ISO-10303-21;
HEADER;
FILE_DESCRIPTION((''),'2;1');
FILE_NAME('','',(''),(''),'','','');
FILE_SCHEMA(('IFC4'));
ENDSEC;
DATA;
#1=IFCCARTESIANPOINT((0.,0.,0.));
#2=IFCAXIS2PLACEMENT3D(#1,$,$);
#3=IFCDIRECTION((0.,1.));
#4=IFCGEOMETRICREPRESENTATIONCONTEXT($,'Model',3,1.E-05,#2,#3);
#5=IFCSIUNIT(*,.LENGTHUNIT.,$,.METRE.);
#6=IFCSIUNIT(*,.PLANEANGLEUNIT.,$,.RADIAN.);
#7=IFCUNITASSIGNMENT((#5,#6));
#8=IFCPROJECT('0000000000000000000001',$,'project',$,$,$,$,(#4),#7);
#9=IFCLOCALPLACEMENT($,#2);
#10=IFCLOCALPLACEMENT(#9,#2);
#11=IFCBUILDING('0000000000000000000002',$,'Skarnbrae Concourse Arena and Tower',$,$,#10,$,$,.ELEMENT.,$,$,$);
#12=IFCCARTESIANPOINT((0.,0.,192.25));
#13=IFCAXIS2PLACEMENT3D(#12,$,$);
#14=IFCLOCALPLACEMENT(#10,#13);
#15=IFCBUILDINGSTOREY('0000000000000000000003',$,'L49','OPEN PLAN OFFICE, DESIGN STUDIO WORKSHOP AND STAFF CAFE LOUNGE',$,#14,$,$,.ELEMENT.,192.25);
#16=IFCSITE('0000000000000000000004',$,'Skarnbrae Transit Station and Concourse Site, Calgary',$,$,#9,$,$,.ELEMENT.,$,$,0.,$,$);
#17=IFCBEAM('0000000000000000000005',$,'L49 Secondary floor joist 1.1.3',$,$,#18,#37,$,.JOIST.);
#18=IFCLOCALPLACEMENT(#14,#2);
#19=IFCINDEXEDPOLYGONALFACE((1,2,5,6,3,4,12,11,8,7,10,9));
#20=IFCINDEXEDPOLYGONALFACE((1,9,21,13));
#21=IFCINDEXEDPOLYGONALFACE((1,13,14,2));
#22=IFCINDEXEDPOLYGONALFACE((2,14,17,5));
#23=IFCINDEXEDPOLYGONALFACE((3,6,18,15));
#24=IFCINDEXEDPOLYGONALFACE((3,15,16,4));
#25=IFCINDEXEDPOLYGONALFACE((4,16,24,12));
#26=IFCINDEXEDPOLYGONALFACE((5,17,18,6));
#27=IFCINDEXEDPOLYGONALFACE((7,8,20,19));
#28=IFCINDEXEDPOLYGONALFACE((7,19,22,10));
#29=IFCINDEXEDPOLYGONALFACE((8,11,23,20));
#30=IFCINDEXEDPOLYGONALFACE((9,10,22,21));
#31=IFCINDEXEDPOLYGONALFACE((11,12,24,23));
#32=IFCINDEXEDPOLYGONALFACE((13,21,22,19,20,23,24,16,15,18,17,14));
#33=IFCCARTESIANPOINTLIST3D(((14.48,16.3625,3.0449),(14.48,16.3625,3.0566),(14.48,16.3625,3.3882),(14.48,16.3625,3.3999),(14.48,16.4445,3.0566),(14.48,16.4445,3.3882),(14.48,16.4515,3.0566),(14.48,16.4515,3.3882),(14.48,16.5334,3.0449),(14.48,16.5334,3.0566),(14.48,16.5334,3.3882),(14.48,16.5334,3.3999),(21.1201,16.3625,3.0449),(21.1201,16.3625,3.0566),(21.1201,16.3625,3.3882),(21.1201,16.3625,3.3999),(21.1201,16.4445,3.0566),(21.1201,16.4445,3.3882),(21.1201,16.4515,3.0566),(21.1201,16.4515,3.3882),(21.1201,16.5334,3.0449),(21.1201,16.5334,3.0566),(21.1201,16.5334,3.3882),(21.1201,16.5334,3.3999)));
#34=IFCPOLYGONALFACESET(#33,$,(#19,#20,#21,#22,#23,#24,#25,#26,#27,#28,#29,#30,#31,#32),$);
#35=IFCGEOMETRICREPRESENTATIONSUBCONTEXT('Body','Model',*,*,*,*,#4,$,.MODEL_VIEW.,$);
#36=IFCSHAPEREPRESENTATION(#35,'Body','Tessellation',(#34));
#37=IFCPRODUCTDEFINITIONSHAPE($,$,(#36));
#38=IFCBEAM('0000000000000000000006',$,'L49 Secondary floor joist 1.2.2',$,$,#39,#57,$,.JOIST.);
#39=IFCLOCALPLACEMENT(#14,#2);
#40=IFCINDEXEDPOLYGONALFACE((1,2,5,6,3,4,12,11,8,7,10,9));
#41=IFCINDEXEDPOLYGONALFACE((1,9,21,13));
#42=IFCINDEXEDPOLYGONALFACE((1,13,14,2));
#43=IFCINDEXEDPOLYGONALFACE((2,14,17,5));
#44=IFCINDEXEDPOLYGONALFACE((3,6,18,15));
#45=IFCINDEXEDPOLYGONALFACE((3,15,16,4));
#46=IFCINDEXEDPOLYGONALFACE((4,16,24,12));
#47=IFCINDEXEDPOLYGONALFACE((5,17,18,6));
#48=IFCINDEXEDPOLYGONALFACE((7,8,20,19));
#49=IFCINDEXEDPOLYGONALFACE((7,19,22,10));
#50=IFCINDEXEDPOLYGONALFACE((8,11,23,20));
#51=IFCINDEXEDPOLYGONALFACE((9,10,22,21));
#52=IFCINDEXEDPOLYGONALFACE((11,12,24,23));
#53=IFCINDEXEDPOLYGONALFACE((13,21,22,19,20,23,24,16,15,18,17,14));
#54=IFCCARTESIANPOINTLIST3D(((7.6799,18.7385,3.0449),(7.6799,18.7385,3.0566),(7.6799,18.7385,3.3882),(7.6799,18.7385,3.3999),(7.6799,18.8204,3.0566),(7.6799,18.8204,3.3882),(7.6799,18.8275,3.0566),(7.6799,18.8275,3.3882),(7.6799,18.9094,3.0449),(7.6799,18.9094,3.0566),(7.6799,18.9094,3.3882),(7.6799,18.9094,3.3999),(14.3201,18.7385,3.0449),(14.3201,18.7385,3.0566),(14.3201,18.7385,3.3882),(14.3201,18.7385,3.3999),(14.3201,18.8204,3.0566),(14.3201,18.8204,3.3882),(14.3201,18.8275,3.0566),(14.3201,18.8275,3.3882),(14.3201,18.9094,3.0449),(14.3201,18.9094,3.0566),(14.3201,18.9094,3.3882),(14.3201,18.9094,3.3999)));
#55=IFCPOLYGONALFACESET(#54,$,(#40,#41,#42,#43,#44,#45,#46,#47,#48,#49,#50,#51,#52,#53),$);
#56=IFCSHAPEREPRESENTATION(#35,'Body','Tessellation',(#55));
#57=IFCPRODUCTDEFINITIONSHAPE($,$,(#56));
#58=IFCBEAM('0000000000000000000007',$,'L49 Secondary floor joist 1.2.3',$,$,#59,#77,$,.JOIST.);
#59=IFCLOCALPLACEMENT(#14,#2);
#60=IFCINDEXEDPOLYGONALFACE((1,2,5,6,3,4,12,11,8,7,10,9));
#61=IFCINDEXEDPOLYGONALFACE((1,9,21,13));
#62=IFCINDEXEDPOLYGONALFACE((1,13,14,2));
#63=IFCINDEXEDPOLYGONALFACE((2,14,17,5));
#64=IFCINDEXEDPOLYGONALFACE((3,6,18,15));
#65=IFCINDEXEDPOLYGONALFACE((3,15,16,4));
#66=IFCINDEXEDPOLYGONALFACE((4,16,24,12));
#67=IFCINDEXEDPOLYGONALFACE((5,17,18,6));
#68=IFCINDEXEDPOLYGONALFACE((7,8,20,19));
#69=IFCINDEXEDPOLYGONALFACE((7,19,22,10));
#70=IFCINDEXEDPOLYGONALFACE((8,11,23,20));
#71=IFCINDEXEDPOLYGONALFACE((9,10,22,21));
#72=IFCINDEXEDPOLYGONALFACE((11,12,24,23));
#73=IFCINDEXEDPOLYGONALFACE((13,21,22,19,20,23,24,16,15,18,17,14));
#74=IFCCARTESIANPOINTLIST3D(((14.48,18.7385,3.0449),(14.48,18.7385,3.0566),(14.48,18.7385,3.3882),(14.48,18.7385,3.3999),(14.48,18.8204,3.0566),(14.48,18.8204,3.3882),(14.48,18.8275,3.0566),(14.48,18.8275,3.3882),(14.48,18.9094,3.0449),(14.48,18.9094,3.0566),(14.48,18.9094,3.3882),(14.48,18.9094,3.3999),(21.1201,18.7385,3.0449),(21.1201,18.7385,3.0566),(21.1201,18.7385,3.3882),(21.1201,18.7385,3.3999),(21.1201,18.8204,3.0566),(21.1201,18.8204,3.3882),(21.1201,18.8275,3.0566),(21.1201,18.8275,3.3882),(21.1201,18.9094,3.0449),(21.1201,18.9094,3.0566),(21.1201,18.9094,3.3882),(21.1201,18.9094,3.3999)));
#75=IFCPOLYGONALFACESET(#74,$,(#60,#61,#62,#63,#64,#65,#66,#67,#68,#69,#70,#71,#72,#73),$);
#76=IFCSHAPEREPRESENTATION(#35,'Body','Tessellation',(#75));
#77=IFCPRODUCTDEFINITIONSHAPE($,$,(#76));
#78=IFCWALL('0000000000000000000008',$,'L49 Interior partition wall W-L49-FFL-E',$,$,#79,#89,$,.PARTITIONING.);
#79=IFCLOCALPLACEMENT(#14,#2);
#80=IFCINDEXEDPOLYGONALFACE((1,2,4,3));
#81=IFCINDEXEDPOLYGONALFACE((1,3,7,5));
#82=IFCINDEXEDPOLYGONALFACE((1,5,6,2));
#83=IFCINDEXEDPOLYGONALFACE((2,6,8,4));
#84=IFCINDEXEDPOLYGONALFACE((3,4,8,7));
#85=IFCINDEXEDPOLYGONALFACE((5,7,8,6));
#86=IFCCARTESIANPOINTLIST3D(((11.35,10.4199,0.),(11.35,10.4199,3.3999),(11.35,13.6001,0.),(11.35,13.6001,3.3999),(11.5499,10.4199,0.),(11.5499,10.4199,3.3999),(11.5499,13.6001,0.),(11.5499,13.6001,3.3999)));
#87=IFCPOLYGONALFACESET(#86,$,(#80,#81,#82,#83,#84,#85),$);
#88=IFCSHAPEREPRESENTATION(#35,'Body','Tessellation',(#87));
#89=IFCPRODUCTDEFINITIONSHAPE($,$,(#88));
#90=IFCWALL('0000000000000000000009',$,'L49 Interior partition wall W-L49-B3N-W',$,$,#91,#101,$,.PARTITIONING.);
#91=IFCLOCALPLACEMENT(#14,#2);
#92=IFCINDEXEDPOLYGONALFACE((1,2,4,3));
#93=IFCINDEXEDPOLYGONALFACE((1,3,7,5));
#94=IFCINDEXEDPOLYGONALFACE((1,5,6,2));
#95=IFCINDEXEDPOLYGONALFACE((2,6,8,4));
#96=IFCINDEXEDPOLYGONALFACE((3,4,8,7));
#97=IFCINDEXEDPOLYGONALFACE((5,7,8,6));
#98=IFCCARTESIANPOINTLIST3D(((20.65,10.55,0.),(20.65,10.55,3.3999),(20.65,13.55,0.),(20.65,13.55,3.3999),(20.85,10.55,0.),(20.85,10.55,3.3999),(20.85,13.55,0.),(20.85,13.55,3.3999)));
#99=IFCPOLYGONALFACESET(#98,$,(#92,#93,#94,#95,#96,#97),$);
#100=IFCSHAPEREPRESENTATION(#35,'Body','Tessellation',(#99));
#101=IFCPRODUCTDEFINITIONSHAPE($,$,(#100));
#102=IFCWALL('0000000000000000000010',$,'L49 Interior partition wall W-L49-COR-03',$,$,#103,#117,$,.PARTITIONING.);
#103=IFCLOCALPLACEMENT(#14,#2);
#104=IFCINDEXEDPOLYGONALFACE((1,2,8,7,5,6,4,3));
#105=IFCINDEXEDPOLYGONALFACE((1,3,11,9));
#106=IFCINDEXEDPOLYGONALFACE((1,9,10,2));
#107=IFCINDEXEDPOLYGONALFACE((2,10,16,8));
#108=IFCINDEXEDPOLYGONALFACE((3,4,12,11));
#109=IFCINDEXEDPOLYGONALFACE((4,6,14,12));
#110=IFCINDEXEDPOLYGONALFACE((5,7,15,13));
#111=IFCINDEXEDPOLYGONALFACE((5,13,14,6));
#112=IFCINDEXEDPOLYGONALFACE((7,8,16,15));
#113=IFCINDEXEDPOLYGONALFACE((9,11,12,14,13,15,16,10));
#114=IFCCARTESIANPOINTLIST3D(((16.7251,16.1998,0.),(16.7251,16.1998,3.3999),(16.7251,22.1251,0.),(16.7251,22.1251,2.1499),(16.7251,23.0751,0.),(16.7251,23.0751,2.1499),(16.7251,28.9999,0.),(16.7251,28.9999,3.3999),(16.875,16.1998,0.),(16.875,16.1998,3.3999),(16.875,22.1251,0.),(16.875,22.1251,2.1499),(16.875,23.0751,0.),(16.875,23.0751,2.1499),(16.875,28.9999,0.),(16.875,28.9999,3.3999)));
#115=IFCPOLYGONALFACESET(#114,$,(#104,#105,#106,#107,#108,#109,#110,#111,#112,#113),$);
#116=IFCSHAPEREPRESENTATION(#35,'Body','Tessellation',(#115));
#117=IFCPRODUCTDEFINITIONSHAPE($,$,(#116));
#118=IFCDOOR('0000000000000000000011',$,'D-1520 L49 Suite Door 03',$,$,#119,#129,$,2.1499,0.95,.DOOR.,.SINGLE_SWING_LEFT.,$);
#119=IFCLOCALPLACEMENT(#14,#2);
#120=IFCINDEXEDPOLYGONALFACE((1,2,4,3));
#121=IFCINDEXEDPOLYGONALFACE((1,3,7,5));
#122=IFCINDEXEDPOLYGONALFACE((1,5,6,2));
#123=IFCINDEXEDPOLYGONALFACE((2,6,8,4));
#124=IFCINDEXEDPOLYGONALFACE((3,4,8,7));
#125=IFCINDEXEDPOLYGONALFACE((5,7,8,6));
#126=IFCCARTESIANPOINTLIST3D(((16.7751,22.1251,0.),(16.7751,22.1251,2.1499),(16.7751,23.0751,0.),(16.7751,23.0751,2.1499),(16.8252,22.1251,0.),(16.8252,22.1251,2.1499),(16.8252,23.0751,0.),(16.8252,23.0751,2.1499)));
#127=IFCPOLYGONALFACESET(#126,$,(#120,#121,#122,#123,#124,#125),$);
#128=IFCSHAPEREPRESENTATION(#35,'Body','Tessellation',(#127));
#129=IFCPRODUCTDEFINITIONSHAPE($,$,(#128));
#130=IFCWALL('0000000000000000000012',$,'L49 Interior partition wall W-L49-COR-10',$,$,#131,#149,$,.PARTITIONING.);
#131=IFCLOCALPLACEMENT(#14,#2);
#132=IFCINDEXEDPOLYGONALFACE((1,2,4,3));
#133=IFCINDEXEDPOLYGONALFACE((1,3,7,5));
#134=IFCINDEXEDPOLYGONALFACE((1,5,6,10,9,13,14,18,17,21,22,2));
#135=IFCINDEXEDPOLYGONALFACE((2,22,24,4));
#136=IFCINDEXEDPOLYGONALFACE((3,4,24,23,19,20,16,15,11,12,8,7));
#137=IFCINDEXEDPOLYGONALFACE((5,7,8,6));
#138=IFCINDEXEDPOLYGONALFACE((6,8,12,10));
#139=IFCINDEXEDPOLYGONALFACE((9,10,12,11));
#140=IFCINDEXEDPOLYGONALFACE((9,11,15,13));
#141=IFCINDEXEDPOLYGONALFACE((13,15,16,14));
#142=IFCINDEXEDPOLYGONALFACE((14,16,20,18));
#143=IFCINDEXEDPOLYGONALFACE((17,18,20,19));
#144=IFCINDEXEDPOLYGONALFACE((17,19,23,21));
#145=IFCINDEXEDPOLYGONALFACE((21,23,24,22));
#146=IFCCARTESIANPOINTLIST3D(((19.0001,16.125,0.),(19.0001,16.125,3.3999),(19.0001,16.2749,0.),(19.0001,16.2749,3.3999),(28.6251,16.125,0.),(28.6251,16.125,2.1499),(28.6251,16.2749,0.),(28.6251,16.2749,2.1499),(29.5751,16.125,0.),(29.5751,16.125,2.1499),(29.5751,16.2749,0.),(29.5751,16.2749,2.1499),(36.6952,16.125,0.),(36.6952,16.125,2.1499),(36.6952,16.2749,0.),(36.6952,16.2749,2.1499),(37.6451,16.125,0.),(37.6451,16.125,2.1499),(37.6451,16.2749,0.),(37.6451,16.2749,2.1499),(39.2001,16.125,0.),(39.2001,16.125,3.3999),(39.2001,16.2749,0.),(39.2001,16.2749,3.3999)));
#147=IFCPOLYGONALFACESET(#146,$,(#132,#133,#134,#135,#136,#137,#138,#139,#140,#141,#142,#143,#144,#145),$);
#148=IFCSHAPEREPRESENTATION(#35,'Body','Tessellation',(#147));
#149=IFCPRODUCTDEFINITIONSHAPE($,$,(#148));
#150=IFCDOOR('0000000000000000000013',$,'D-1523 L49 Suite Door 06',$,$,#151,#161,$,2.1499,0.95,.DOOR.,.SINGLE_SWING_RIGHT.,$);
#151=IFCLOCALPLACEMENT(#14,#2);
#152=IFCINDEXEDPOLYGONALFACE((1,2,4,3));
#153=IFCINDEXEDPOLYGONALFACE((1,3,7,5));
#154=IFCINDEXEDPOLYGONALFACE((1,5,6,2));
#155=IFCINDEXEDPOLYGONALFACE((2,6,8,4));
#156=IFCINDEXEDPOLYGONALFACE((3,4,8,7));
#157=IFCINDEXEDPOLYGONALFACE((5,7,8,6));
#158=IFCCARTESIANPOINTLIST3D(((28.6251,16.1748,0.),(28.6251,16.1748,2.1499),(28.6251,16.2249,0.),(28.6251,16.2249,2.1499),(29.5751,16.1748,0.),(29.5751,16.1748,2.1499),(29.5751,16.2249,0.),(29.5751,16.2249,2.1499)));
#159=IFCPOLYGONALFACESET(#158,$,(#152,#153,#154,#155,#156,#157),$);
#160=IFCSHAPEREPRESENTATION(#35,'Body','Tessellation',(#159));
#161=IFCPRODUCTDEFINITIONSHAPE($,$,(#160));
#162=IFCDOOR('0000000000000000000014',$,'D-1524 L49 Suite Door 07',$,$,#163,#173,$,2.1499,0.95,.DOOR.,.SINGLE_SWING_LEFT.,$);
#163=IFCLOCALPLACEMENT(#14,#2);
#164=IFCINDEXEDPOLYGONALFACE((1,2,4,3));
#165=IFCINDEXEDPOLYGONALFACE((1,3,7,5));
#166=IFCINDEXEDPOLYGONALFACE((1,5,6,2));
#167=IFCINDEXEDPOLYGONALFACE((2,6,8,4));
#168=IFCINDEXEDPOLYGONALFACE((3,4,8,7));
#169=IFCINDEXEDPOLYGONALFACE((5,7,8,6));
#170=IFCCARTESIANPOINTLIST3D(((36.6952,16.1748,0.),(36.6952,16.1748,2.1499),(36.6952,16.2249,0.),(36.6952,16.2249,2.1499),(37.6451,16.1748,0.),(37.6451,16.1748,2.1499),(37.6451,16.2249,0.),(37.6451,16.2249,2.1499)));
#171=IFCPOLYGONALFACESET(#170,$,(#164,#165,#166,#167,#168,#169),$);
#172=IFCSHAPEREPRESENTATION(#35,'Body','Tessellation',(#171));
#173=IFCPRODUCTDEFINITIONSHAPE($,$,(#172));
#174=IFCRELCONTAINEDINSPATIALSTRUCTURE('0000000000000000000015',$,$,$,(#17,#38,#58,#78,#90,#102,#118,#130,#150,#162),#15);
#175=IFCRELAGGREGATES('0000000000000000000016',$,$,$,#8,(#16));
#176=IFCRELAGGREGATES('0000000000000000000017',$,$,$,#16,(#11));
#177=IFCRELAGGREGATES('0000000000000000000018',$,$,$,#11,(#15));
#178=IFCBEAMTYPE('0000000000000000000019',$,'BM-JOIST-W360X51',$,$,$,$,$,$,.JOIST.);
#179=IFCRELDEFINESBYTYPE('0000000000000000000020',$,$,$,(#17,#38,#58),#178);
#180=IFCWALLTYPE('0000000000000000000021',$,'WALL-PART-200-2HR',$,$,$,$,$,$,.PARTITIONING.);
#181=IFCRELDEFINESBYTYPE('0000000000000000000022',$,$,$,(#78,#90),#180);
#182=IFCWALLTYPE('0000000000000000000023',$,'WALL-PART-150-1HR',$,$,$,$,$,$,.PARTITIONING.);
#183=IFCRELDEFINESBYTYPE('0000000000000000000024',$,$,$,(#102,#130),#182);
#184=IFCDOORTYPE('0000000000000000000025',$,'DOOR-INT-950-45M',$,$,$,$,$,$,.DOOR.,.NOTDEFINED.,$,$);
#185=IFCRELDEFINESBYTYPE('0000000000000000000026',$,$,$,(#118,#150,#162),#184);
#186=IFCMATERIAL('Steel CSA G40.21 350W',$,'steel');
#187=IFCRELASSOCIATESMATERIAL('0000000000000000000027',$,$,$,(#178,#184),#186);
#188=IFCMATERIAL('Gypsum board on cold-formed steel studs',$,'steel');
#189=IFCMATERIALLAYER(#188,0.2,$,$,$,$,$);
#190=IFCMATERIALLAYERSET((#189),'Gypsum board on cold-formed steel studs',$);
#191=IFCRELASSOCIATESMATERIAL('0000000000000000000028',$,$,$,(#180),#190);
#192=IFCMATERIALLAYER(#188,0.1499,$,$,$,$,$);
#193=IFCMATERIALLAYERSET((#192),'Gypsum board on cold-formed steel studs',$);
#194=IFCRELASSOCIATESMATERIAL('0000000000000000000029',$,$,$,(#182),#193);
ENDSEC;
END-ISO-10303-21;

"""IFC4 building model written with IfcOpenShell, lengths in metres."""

from ifc_helpers import new_model, si_unit, direction, frame, frame_2d, origin, origin_2d, place, context, subcontext, project, spatial, rectangle, i_section, extrude, source, transform, mapped, material, layer, layer_set, material_profile, profile_set, type_object, element, fill, save


model = new_model("IFC4")

# Units and contexts
model_context = context("Model", 3, precision=1e-05, world=origin(), true_north=direction((0.0, 1.0)))
body_context = subcontext(model_context, "Body", "Model", "MODEL_VIEW")
ifc_project = project(units=[si_unit("LENGTHUNIT", "METRE"), si_unit("PLANEANGLEUNIT", "RADIAN")], contexts=[model_context])

# Site, building, storey
site_placement = place(None, origin())
site = spatial("IfcSite", under=ifc_project, at=site_placement, Name="Skarnbrae Transit Station and Concourse Site, Calgary", CompositionType="ELEMENT", RefElevation=0.0)
building_placement = place(site_placement, origin())
building = spatial("IfcBuilding", under=site, at=building_placement, Name="Skarnbrae Concourse Arena and Tower", CompositionType="ELEMENT")
storey_placement = place(building_placement, frame((0.0, 0.0, 192.25)))
storey = spatial("IfcBuildingStorey", under=building, at=storey_placement, Name="L49", Description="OPEN PLAN OFFICE, DESIGN STUDIO WORKSHOP AND STAFF CAFE LOUNGE", CompositionType="ELEMENT", Elevation=192.25)

# Shared definitions
ifc_material_1 = material(Name="Steel CSA G40.21 350W", Category="steel")

# Beams
ifc_material_profile_1 = material_profile(ifc_material_1, i_section(OverallWidth=0.1709, OverallDepth=0.355, WebThickness=0.0071, FlangeThickness=0.0117, at=origin_2d()), Name="W360X51")
ifc_profile_set_1 = profile_set([ifc_material_profile_1], Name="Steel CSA G40.21 350W")
beam_type_1 = type_object("IfcBeamType", Name="BM-JOIST-W360X51", PredefinedType="JOIST", material=ifc_profile_set_1)
shared_shape_1 = source(origin(), body_context, "Body", "SweptSolid", [
    extrude(i_section(OverallWidth=0.1709, OverallDepth=0.355, WebThickness=0.0071, FlangeThickness=0.0117, at=origin_2d()), origin(), (0.0, 0.0, 1.0), 6.6401),
])
for number, where, z_axis, x_axis, name in (
    (1, (14.48, 16.448, 3.2224), (1.0, 0.0, 0.0), (0.0, 1.0, 0.0), "L49 Secondary floor joist 1.1.3"),
    (2, (7.6799, 18.824, 3.2224), (1.0, 0.0, 0.0), (0.0, 1.0, 0.0), "L49 Secondary floor joist 1.2.2"),
    (3, (14.48, 18.824, 3.2224), (1.0, 0.0, 0.0), (0.0, 1.0, 0.0), "L49 Secondary floor joist 1.2.3"),
):
    element("IfcBeam", number, at=place(storey_placement, frame(where, z_axis=z_axis, x_axis=x_axis)), inside=storey, type_object=beam_type_1, Name=name, PredefinedType="JOIST", context=body_context, shape_type="MappedRepresentation", body=[
        mapped(shared_shape_1, transform((0.0, 0.0, 0.0))),
    ])

# Wall
ifc_material_2 = material(Name="Gypsum board on cold-formed steel studs", Category="steel")
ifc_layer_1 = layer(ifc_material_2, 0.2)
ifc_layer_set_1 = layer_set([ifc_layer_1], Name="Gypsum board on cold-formed steel studs")
wall_type_1 = type_object("IfcWallType", Name="WALL-PART-200-2HR", PredefinedType="PARTITIONING", material=ifc_layer_set_1)
shared_shape_2 = source(origin(), body_context, "Body", "SweptSolid", [
    extrude(rectangle(XDim=3.1802, YDim=0.2, at=frame_2d((1.5901, 0.0))), origin(), (0.0, 0.0, 1.0), 3.3999),
])
wall_1_placement = place(storey_placement, frame((11.45, 10.4199, 0.0), z_axis=(0.0, 0.0, 1.0), x_axis=(0.0, 1.0, 0.0)))
element("IfcWall", 4, at=wall_1_placement, inside=storey, type_object=wall_type_1, Name="L49 Interior partition wall W-L49-FFL-E", PredefinedType="PARTITIONING", context=body_context, shape_type="MappedRepresentation", body=[
    mapped(shared_shape_2, transform((0.0, 0.0, 0.0))),
])

# Wall
shared_shape_3 = source(origin(), body_context, "Body", "SweptSolid", [
    extrude(rectangle(XDim=3.0, YDim=0.2, at=frame_2d((1.5, 0.0))), origin(), (0.0, 0.0, 1.0), 3.3999),
])
wall_2_placement = place(storey_placement, frame((20.75, 10.55, 0.0), z_axis=(0.0, 0.0, 1.0), x_axis=(0.0, 1.0, 0.0)))
element("IfcWall", 5, at=wall_2_placement, inside=storey, type_object=wall_type_1, Name="L49 Interior partition wall W-L49-B3N-W", PredefinedType="PARTITIONING", context=body_context, shape_type="MappedRepresentation", body=[
    mapped(shared_shape_3, transform((0.0, 0.0, 0.0))),
])

# Wall, opening, door
ifc_layer_2 = layer(ifc_material_2, 0.1499)
ifc_layer_set_2 = layer_set([ifc_layer_2], Name="Gypsum board on cold-formed steel studs")
wall_type_2 = type_object("IfcWallType", Name="WALL-PART-150-1HR", PredefinedType="PARTITIONING", material=ifc_layer_set_2)
shared_shape_4 = source(origin(), body_context, "Body", "SweptSolid", [
    extrude(rectangle(XDim=12.8, YDim=0.1499, at=frame_2d((6.3999, 0.0))), origin(), (0.0, 0.0, 1.0), 3.3999),
])
wall_3_placement = place(storey_placement, frame((16.8, 16.2, 0.0), z_axis=(0.0, 0.0, 1.0), x_axis=(0.0, 1.0, 0.0)))
wall_3 = element("IfcWall", 6, at=wall_3_placement, inside=storey, type_object=wall_type_2, Name="L49 Interior partition wall W-L49-COR-03", PredefinedType="PARTITIONING", context=body_context, shape_type="MappedRepresentation", body=[
    mapped(shared_shape_4, transform((0.0, 0.0, 0.0))),
])
opening_1_placement = place(wall_3_placement, frame((5.925, 0.0, 0.0)))
opening_1 = element("IfcOpeningElement", 7, at=opening_1_placement, cuts=wall_3, PredefinedType="OPENING", context=body_context, shape_type="SweptSolid", body=[
    extrude(rectangle(XDim=0.95, YDim=2.1499, at=frame_2d((0.4751, 1.075))), frame((0.0, 0.085, 0.0), z_axis=(0.0, -1.0, 0.0), x_axis=(1.0, 0.0, 0.0)), (0.0, 0.0, 1.0), 0.1699),
])
door_type_1 = type_object("IfcDoorType", Name="DOOR-INT-950-45M", OperationType="NOTDEFINED", PredefinedType="DOOR", material=ifc_material_1)
shared_shape_5 = source(origin(), body_context, "Body", "SweptSolid", [
    extrude(rectangle(XDim=0.95, YDim=2.1499, at=frame_2d((0.4751, 1.075))), frame((0.0, 0.0249, 0.0), z_axis=(0.0, -1.0, 0.0), x_axis=(1.0, 0.0, 0.0)), (0.0, 0.0, 1.0), 0.05),
])
door_1_placement = place(opening_1_placement, origin())
door_1 = element("IfcDoor", 8, at=door_1_placement, inside=storey, type_object=door_type_1, Name="D-1520 L49 Suite Door 03", OperationType="SINGLE_SWING_LEFT", OverallHeight=2.1499, OverallWidth=0.95, PredefinedType="DOOR", context=body_context, shape_type="MappedRepresentation", body=[
    mapped(shared_shape_5, transform((0.0, 0.0, 0.0))),
])
fill(opening_1, door_1)

# Wall, openings, doors
shared_shape_6 = source(origin(), body_context, "Body", "SweptSolid", [
    extrude(rectangle(XDim=20.2, YDim=0.1499, at=frame_2d((10.1001, 0.0))), origin(), (0.0, 0.0, 1.0), 3.3999),
])
wall_4_placement = place(storey_placement, frame((19.0, 16.2, 0.0), z_axis=(0.0, 0.0, 1.0), x_axis=(1.0, 0.0, 0.0)))
wall_4 = element("IfcWall", 9, at=wall_4_placement, inside=storey, type_object=wall_type_2, Name="L49 Interior partition wall W-L49-COR-10", PredefinedType="PARTITIONING", context=body_context, shape_type="MappedRepresentation", body=[
    mapped(shared_shape_6, transform((0.0, 0.0, 0.0))),
])
opening_2_placement = place(wall_4_placement, frame((9.625, 0.0, 0.0)))
opening_2 = element("IfcOpeningElement", 10, at=opening_2_placement, cuts=wall_4, PredefinedType="OPENING", context=body_context, shape_type="SweptSolid", body=[
    extrude(rectangle(XDim=0.95, YDim=2.1499, at=frame_2d((0.4751, 1.075))), frame((0.0, 0.085, 0.0), z_axis=(0.0, -1.0, 0.0), x_axis=(1.0, 0.0, 0.0)), (0.0, 0.0, 1.0), 0.1699),
])
opening_3_placement = place(wall_4_placement, frame((17.6951, 0.0, 0.0)))
opening_3 = element("IfcOpeningElement", 11, at=opening_3_placement, cuts=wall_4, PredefinedType="OPENING", context=body_context, shape_type="SweptSolid", body=[
    extrude(rectangle(XDim=0.95, YDim=2.1499, at=frame_2d((0.4751, 1.075))), frame((0.0, 0.085, 0.0), z_axis=(0.0, -1.0, 0.0), x_axis=(1.0, 0.0, 0.0)), (0.0, 0.0, 1.0), 0.1699),
])
door_2_placement = place(opening_2_placement, origin())
door_2 = element("IfcDoor", 12, at=door_2_placement, inside=storey, type_object=door_type_1, Name="D-1523 L49 Suite Door 06", OperationType="SINGLE_SWING_RIGHT", OverallHeight=2.1499, OverallWidth=0.95, PredefinedType="DOOR", context=body_context, shape_type="MappedRepresentation", body=[
    mapped(shared_shape_5, transform((0.0, 0.0, 0.0))),
])
fill(opening_2, door_2)
door_3_placement = place(opening_3_placement, origin())
door_3 = element("IfcDoor", 13, at=door_3_placement, inside=storey, type_object=door_type_1, Name="D-1524 L49 Suite Door 07", OperationType="SINGLE_SWING_LEFT", OverallHeight=2.1499, OverallWidth=0.95, PredefinedType="DOOR", context=body_context, shape_type="MappedRepresentation", body=[
    mapped(shared_shape_5, transform((0.0, 0.0, 0.0))),
])
fill(opening_3, door_3)

save(model, "model.ifc")
